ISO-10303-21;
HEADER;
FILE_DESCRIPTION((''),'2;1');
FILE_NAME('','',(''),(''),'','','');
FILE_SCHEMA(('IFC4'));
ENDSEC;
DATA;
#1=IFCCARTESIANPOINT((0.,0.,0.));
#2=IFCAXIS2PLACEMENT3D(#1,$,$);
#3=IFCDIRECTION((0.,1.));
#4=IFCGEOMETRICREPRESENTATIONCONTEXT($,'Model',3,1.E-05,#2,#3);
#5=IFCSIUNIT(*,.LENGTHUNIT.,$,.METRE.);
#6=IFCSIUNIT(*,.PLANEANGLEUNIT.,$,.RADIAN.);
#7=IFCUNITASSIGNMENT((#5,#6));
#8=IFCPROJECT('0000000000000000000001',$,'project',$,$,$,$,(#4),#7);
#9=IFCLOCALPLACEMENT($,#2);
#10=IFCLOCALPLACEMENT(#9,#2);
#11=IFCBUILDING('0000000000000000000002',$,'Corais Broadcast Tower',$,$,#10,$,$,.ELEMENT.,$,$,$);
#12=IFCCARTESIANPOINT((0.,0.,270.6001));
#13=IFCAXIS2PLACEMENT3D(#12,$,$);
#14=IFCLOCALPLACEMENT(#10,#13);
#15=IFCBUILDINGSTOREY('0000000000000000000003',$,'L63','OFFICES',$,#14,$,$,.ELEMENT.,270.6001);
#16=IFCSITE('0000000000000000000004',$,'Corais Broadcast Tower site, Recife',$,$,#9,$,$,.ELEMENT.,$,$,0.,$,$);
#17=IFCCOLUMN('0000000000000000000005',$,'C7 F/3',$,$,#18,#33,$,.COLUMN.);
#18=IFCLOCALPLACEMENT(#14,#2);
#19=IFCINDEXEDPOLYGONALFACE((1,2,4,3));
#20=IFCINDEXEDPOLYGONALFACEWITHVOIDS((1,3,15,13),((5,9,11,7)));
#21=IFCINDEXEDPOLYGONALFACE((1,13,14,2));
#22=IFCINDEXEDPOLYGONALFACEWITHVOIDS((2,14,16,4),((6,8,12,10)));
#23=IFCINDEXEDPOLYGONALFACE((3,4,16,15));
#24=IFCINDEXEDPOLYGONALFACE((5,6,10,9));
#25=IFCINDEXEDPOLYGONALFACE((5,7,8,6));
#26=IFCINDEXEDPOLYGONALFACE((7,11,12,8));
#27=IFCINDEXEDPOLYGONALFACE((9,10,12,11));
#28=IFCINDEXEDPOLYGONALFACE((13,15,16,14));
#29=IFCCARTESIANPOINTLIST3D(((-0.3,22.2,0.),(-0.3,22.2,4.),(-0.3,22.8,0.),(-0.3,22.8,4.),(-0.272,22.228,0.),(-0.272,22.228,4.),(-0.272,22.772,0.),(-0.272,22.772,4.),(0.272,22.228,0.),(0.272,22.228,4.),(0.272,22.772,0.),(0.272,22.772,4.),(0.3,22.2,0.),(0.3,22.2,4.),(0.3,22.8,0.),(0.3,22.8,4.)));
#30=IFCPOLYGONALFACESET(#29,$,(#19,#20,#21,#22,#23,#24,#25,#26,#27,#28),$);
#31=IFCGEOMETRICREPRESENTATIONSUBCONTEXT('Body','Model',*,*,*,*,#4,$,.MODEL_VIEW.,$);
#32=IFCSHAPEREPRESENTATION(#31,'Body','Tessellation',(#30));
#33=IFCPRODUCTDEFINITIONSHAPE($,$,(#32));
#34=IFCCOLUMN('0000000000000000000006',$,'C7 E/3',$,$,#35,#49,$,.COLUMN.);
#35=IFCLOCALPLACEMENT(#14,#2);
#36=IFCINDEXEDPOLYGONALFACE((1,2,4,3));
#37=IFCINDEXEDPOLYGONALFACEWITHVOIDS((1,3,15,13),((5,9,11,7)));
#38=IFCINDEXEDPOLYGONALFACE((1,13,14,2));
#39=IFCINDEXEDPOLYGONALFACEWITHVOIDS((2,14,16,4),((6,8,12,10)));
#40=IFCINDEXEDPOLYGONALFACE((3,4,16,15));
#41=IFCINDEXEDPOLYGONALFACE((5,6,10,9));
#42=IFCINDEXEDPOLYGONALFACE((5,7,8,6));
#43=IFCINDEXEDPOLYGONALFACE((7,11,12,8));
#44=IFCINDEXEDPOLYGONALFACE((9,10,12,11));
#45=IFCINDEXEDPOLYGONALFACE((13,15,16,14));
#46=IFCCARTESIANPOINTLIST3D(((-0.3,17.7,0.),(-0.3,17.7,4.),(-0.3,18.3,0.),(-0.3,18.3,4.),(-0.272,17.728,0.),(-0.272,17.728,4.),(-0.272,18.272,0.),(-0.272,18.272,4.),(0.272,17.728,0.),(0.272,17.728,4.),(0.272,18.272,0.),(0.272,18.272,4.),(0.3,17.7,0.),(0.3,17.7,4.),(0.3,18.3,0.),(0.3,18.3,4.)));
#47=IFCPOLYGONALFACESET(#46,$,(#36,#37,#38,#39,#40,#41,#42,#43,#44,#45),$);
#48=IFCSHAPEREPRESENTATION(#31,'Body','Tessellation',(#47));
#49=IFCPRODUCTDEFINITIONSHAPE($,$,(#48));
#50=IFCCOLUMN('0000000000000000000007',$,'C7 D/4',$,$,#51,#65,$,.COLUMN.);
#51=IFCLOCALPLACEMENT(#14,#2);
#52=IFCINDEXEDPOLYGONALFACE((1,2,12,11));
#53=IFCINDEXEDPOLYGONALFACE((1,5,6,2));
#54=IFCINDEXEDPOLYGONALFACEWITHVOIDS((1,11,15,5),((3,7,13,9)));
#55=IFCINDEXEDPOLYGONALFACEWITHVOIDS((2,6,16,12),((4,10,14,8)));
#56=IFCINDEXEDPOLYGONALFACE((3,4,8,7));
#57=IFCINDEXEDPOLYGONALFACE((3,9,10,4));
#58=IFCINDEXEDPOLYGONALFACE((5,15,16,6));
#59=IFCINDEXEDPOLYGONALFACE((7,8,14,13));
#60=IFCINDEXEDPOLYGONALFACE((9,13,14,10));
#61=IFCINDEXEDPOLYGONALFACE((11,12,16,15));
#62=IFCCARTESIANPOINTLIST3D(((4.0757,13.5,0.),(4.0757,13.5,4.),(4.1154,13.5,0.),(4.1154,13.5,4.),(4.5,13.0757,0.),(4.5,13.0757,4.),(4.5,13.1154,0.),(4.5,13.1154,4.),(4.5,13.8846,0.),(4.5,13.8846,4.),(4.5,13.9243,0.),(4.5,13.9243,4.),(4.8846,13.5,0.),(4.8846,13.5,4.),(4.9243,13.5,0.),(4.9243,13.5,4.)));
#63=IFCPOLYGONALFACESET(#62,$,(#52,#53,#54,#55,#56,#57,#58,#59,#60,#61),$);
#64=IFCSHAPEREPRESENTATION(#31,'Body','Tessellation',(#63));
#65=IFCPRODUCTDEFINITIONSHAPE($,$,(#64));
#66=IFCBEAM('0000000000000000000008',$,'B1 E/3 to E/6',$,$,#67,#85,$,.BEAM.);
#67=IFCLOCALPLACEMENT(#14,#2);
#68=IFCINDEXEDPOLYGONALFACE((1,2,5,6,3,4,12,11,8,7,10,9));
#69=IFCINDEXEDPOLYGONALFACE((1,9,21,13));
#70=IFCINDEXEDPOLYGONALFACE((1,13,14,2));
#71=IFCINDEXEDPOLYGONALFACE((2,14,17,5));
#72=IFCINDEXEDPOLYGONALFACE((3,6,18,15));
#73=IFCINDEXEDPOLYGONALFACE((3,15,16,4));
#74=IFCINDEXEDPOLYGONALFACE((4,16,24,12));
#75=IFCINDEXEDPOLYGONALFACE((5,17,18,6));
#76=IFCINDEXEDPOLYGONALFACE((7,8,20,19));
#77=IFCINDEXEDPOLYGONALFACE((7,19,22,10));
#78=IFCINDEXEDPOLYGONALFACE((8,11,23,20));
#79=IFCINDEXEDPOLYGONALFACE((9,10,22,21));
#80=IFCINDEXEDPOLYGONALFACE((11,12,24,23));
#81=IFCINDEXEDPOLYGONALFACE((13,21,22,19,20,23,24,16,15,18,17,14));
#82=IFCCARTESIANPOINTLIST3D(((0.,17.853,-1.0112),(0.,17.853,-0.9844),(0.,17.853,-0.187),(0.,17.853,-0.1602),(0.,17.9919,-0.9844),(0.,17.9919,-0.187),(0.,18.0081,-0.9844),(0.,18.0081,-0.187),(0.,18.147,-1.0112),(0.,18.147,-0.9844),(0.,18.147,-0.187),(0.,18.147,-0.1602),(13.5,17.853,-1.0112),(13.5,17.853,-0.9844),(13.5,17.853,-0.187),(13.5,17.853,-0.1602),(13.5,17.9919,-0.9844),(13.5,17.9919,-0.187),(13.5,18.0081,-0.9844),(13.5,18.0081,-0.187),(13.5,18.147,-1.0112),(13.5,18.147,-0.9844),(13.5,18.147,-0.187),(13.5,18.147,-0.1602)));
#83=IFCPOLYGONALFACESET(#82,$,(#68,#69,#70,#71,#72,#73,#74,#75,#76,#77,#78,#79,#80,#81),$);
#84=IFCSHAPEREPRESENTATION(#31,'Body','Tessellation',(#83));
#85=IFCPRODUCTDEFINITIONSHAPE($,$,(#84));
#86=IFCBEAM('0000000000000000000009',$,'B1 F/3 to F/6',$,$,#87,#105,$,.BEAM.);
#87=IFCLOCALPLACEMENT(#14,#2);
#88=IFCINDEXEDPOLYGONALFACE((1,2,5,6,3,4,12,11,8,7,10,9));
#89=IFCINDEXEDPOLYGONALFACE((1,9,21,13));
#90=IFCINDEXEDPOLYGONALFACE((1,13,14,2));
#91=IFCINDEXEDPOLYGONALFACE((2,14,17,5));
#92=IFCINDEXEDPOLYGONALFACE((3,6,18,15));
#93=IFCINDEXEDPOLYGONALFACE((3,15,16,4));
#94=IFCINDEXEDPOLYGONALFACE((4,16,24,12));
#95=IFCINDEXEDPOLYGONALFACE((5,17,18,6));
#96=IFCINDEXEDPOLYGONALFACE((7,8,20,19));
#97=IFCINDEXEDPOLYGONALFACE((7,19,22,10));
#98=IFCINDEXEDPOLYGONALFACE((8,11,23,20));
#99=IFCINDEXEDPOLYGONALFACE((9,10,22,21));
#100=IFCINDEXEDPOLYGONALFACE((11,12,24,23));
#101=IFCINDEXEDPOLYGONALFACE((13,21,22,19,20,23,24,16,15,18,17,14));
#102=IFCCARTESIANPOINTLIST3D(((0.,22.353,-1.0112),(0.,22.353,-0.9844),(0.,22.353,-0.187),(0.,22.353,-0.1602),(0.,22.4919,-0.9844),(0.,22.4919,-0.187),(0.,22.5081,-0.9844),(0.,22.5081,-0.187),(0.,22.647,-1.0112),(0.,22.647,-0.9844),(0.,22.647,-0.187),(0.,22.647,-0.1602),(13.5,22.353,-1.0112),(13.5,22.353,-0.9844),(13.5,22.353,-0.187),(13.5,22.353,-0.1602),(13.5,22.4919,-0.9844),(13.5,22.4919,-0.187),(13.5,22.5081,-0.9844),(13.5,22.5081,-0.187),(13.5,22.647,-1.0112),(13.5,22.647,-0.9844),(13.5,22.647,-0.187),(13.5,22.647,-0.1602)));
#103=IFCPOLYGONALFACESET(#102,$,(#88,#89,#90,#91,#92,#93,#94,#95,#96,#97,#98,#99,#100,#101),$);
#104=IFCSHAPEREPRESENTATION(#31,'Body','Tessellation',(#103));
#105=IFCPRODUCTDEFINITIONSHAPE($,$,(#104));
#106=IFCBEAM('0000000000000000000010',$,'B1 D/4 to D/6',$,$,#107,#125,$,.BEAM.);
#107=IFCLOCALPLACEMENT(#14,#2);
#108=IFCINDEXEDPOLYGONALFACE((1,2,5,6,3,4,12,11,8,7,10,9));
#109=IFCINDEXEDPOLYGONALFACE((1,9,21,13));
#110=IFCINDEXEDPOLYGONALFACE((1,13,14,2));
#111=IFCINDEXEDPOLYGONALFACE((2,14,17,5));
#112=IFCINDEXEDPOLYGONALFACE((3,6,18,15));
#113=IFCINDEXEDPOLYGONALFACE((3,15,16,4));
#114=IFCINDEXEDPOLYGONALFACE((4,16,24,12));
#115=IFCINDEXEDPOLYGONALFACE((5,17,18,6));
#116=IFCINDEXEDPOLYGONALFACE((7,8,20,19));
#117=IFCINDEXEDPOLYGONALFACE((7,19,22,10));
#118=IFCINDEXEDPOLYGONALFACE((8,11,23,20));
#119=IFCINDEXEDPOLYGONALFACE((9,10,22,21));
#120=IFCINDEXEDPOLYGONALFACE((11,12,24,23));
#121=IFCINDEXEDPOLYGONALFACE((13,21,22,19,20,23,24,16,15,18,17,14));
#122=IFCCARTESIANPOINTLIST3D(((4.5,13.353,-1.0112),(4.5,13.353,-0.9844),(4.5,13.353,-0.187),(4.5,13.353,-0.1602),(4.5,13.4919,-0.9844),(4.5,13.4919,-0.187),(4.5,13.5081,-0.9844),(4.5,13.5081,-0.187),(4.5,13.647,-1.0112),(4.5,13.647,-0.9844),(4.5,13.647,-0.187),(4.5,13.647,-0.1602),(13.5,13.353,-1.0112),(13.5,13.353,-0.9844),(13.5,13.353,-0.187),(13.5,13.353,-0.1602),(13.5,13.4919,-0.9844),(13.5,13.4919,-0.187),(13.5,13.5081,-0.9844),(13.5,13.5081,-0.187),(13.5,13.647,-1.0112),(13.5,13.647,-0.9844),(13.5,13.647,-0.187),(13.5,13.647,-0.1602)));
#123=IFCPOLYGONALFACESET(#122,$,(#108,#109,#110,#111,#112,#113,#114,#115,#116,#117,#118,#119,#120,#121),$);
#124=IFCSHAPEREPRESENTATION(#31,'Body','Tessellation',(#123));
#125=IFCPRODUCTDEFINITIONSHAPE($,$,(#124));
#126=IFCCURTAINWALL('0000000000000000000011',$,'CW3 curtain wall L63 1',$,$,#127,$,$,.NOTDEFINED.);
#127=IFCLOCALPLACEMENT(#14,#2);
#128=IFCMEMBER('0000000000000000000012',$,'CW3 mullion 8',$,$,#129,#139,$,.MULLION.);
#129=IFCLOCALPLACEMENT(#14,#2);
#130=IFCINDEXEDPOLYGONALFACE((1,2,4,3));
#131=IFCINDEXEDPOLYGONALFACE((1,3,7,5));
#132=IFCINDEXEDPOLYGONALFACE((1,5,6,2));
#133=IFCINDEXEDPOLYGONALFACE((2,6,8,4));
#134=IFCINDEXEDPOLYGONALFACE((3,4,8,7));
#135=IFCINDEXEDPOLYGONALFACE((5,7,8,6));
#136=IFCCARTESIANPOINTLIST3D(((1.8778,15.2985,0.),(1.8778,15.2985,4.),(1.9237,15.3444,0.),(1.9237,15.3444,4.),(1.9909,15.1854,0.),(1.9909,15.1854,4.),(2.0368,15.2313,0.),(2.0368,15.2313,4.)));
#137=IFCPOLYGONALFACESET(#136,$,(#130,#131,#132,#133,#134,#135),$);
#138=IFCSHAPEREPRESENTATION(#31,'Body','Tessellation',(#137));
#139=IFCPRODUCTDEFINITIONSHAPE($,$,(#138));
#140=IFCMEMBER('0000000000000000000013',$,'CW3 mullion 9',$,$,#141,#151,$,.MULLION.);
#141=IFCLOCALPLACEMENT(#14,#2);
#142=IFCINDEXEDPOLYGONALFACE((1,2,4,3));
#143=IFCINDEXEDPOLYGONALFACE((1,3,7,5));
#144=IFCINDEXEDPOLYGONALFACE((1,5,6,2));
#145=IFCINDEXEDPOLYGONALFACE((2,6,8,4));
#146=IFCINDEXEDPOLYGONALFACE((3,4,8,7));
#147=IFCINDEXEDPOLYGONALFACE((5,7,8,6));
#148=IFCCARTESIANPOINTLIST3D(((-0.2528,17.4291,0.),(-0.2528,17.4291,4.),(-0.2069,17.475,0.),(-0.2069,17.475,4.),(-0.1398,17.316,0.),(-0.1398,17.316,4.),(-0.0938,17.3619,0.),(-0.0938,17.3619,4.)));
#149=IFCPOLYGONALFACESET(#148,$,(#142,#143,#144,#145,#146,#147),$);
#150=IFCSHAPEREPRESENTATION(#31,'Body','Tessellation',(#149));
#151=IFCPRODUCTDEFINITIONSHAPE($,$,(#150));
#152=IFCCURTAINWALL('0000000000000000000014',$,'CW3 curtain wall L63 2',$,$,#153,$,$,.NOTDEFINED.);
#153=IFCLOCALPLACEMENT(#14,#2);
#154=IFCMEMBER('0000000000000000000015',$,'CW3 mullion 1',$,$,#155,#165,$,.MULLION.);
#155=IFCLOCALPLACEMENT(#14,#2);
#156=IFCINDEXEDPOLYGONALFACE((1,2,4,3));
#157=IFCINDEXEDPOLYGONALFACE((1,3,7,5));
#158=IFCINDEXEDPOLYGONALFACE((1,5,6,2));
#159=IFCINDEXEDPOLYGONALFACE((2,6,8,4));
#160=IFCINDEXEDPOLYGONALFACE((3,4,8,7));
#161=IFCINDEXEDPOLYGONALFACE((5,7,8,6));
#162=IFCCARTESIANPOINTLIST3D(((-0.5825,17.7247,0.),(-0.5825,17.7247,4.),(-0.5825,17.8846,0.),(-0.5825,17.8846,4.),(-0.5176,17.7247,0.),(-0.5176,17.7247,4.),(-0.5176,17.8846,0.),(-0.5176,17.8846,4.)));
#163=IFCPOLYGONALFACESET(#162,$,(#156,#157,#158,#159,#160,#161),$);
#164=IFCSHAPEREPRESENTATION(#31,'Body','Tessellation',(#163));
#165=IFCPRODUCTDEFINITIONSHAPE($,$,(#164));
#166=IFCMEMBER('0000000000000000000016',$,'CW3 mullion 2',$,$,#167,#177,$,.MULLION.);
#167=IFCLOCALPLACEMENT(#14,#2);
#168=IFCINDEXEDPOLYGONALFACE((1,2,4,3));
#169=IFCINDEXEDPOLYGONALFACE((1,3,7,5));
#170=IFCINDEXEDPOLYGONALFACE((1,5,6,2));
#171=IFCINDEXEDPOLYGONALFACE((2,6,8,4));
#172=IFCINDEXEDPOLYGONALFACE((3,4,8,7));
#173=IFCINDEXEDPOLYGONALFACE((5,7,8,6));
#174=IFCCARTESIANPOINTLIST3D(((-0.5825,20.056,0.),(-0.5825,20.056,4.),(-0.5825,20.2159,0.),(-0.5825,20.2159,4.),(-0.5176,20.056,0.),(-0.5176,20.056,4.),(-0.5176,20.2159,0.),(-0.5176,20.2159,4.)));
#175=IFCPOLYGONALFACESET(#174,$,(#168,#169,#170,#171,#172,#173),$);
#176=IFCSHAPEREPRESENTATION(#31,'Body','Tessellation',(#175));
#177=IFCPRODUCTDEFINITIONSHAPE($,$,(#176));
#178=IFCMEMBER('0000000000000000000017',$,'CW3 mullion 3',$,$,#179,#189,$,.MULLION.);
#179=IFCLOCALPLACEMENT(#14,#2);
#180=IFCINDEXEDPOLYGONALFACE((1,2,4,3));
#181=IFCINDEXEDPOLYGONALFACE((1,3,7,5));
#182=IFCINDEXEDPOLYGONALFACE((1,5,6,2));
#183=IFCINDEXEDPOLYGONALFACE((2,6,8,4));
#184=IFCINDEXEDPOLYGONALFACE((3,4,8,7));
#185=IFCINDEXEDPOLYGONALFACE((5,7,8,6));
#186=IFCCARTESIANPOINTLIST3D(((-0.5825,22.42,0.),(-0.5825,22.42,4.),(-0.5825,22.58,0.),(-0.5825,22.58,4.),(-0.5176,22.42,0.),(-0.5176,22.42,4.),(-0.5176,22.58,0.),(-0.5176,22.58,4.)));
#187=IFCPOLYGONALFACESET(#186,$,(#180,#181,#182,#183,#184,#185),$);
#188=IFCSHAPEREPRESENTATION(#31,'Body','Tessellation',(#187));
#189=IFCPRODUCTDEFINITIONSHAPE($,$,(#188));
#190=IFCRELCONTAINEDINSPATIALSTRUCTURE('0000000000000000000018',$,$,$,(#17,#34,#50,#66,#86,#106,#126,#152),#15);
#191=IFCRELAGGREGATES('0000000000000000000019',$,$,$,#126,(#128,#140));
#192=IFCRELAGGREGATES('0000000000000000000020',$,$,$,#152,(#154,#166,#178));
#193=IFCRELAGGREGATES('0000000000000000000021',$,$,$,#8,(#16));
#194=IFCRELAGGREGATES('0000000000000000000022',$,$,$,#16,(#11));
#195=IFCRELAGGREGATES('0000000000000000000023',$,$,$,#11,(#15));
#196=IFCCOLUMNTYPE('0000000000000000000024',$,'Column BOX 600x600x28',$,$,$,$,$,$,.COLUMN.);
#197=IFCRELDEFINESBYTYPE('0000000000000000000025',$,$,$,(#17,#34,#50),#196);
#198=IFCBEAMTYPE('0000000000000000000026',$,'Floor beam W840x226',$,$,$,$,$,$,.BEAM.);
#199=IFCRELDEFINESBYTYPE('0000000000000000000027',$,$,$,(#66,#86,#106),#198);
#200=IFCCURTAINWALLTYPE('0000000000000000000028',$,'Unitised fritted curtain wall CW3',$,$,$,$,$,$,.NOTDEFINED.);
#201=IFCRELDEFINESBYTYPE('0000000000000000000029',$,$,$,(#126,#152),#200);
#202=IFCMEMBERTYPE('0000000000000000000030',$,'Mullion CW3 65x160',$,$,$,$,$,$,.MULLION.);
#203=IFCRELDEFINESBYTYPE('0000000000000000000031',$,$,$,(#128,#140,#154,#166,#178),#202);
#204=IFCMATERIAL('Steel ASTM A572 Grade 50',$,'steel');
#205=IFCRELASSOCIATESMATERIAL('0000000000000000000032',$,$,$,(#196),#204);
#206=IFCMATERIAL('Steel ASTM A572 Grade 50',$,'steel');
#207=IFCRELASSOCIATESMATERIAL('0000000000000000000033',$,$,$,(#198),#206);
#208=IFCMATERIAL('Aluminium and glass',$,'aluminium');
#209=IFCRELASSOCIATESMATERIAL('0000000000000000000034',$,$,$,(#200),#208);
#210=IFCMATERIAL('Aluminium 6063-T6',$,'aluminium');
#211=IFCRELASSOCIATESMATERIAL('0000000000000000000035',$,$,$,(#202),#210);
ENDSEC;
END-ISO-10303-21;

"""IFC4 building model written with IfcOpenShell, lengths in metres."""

from ifc_helpers import new_model, si_unit, direction, frame, origin, origin_2d, place, context, subcontext, project, spatial, rectangle, hollow_rectangle, i_section, extrude, material, material_profile, profile_set, type_object, element, aggregate, save


model = new_model("IFC4")

# Units and contexts
model_context = context("Model", 3, precision=1e-05, world=origin(), true_north=direction((0.0, 1.0)))
body_context = subcontext(model_context, "Body", "Model", "MODEL_VIEW")
ifc_project = project(units=[si_unit("LENGTHUNIT", "METRE"), si_unit("PLANEANGLEUNIT", "RADIAN")], contexts=[model_context])

# Site, building, storey
site_placement = place(None, origin())
site = spatial("IfcSite", under=ifc_project, at=site_placement, Name="Corais Broadcast Tower site, Recife", CompositionType="ELEMENT", RefElevation=0.0)
building_placement = place(site_placement, origin())
building = spatial("IfcBuilding", under=site, at=building_placement, Name="Corais Broadcast Tower", CompositionType="ELEMENT")
storey_placement = place(building_placement, frame((0.0, 0.0, 270.6001)))
storey = spatial("IfcBuildingStorey", under=building, at=storey_placement, Name="L63", Description="OFFICES", CompositionType="ELEMENT", Elevation=270.6001)

# Columns
ifc_material_1 = material(Name="Steel ASTM A572 Grade 50", Category="steel")
ifc_material_profile_1 = material_profile(ifc_material_1, hollow_rectangle(XDim=0.6001, YDim=0.6001, WallThickness=0.0281, at=origin_2d()), Name="BOX 600x600x28")
ifc_profile_set_1 = profile_set([ifc_material_profile_1], Name="Steel ASTM A572 Grade 50")
column_type = type_object("IfcColumnType", Name="Column BOX 600x600x28", PredefinedType="COLUMN", material=ifc_profile_set_1)
for number, where, z_axis, x_axis, name in (
    (1, (0.0, 22.5, 0.0), (0.0, 0.0, 1.0), (1.0, 0.0, 0.0), "C7 F/3"),
    (2, (0.0, 18.0, 0.0), (0.0, 0.0, 1.0), (1.0, 0.0, 0.0), "C7 E/3"),
    (3, (4.5, 13.5, 0.0), (0.0, 0.0, 1.0), (0.707107, 0.707107, 0.0), "C7 D/4"),
):
    element("IfcColumn", number, at=place(storey_placement, frame(where, z_axis=z_axis, x_axis=x_axis)), inside=storey, type_object=column_type, Name=name, PredefinedType="COLUMN", context=body_context, shape_type="SweptSolid", body=[
        extrude(hollow_rectangle(XDim=0.6001, YDim=0.6001, WallThickness=0.0281, at=origin_2d()), origin(), (0.0, 0.0, 1.0), 4.0),
    ])

# Beams
ifc_material_2 = material(Name="Steel ASTM A572 Grade 50", Category="steel")
ifc_material_profile_2 = material_profile(ifc_material_2, i_section(OverallWidth=0.2939, OverallDepth=0.8511, WebThickness=0.0161, FlangeThickness=0.0269, at=origin_2d()), Name="W840x226")
ifc_profile_set_2 = profile_set([ifc_material_profile_2], Name="Steel ASTM A572 Grade 50")
beam_type_1 = type_object("IfcBeamType", Name="Floor beam W840x226", PredefinedType="BEAM", material=ifc_profile_set_2)
for number, where, z_axis, x_axis, name in (
    (4, (0.0, 18.0, -0.5857), (1.0, 0.0, 0.0), (0.0, 1.0, 0.0), "B1 E/3 to E/6"),
    (5, (0.0, 22.5, -0.5857), (1.0, 0.0, 0.0), (0.0, 1.0, 0.0), "B1 F/3 to F/6"),
):
    element("IfcBeam", number, at=place(storey_placement, frame(where, z_axis=z_axis, x_axis=x_axis)), inside=storey, type_object=beam_type_1, Name=name, PredefinedType="BEAM", context=body_context, shape_type="SweptSolid", body=[
        extrude(i_section(OverallWidth=0.2939, OverallDepth=0.8511, WebThickness=0.0161, FlangeThickness=0.0269, at=origin_2d()), origin(), (0.0, 0.0, 1.0), 13.5),
    ])
beam_1_placement = place(storey_placement, frame((4.5, 13.5, -0.5857), z_axis=(1.0, 0.0, 0.0), x_axis=(0.0, 1.0, 0.0)))
element("IfcBeam", 6, at=beam_1_placement, inside=storey, type_object=beam_type_1, Name="B1 D/4 to D/6", PredefinedType="BEAM", context=body_context, shape_type="SweptSolid", body=[
    extrude(i_section(OverallWidth=0.2939, OverallDepth=0.8511, WebThickness=0.0161, FlangeThickness=0.0269, at=origin_2d()), origin(), (0.0, 0.0, 1.0), 9.0),
])

# Curtain walls, members
ifc_material_3 = material(Name="Aluminium and glass", Category="aluminium")
curtain_wall_type = type_object("IfcCurtainWallType", Name="Unitised fritted curtain wall CW3", PredefinedType="NOTDEFINED", material=ifc_material_3)
curtain_wall_1_placement = place(storey_placement, origin())
curtain_wall_1 = element("IfcCurtainWall", 7, at=curtain_wall_1_placement, inside=storey, type_object=curtain_wall_type, Name="CW3 curtain wall L63 1", PredefinedType="NOTDEFINED")
ifc_material_4 = material(Name="Aluminium 6063-T6", Category="aluminium")
ifc_material_profile_3 = material_profile(ifc_material_4, rectangle(XDim=0.0649, YDim=0.1599, at=origin_2d()), Name="Mullion CW3 65x160")
ifc_profile_set_3 = profile_set([ifc_material_profile_3], Name="Aluminium 6063-T6")
member_type_1 = type_object("IfcMemberType", Name="Mullion CW3 65x160", PredefinedType="MULLION", material=ifc_profile_set_3)
member_1_placement = place(storey_placement, frame((1.9573, 15.2649, 0.0), z_axis=(0.0, 0.0, 1.0), x_axis=(-0.707107, -0.707107, 0.0)))
member_1 = element("IfcMember", 8, at=member_1_placement, type_object=member_type_1, Name="CW3 mullion 8", PredefinedType="MULLION", context=body_context, shape_type="SweptSolid", body=[
    extrude(rectangle(XDim=0.0649, YDim=0.1599, at=origin_2d()), origin(), (0.0, 0.0, 1.0), 4.0),
])
member_2_placement = place(storey_placement, frame((-0.1733, 17.3955, 0.0), z_axis=(0.0, 0.0, 1.0), x_axis=(-0.707107, -0.707107, 0.0)))
member_2 = element("IfcMember", 9, at=member_2_placement, type_object=member_type_1, Name="CW3 mullion 9", PredefinedType="MULLION", context=body_context, shape_type="SweptSolid", body=[
    extrude(rectangle(XDim=0.0649, YDim=0.1599, at=origin_2d()), origin(), (0.0, 0.0, 1.0), 4.0),
])
curtain_wall_2_placement = place(storey_placement, origin())
curtain_wall_2 = element("IfcCurtainWall", 10, at=curtain_wall_2_placement, inside=storey, type_object=curtain_wall_type, Name="CW3 curtain wall L63 2", PredefinedType="NOTDEFINED")
member_3_placement = place(storey_placement, frame((-0.55, 17.8047, 0.0), z_axis=(0.0, 0.0, 1.0), x_axis=(-1.0, 0.0, 0.0)))
member_3 = element("IfcMember", 11, at=member_3_placement, type_object=member_type_1, Name="CW3 mullion 1", PredefinedType="MULLION", context=body_context, shape_type="SweptSolid", body=[
    extrude(rectangle(XDim=0.0649, YDim=0.1599, at=origin_2d()), origin(), (0.0, 0.0, 1.0), 4.0),
])
member_4_placement = place(storey_placement, frame((-0.55, 20.136, 0.0), z_axis=(0.0, 0.0, 1.0), x_axis=(-1.0, 0.0, 0.0)))
member_4 = element("IfcMember", 12, at=member_4_placement, type_object=member_type_1, Name="CW3 mullion 2", PredefinedType="MULLION", context=body_context, shape_type="SweptSolid", body=[
    extrude(rectangle(XDim=0.0649, YDim=0.1599, at=origin_2d()), origin(), (0.0, 0.0, 1.0), 4.0),
])
member_5_placement = place(storey_placement, frame((-0.55, 22.5, 0.0), z_axis=(0.0, 0.0, 1.0), x_axis=(-1.0, 0.0, 0.0)))
member_5 = element("IfcMember", 13, at=member_5_placement, type_object=member_type_1, Name="CW3 mullion 3", PredefinedType="MULLION", context=body_context, shape_type="SweptSolid", body=[
    extrude(rectangle(XDim=0.0649, YDim=0.1599, at=origin_2d()), origin(), (0.0, 0.0, 1.0), 4.0),
])

aggregate(curtain_wall_1, [member_1, member_2])
aggregate(curtain_wall_2, [member_3, member_4, member_5])

save(model, "model.ifc")
